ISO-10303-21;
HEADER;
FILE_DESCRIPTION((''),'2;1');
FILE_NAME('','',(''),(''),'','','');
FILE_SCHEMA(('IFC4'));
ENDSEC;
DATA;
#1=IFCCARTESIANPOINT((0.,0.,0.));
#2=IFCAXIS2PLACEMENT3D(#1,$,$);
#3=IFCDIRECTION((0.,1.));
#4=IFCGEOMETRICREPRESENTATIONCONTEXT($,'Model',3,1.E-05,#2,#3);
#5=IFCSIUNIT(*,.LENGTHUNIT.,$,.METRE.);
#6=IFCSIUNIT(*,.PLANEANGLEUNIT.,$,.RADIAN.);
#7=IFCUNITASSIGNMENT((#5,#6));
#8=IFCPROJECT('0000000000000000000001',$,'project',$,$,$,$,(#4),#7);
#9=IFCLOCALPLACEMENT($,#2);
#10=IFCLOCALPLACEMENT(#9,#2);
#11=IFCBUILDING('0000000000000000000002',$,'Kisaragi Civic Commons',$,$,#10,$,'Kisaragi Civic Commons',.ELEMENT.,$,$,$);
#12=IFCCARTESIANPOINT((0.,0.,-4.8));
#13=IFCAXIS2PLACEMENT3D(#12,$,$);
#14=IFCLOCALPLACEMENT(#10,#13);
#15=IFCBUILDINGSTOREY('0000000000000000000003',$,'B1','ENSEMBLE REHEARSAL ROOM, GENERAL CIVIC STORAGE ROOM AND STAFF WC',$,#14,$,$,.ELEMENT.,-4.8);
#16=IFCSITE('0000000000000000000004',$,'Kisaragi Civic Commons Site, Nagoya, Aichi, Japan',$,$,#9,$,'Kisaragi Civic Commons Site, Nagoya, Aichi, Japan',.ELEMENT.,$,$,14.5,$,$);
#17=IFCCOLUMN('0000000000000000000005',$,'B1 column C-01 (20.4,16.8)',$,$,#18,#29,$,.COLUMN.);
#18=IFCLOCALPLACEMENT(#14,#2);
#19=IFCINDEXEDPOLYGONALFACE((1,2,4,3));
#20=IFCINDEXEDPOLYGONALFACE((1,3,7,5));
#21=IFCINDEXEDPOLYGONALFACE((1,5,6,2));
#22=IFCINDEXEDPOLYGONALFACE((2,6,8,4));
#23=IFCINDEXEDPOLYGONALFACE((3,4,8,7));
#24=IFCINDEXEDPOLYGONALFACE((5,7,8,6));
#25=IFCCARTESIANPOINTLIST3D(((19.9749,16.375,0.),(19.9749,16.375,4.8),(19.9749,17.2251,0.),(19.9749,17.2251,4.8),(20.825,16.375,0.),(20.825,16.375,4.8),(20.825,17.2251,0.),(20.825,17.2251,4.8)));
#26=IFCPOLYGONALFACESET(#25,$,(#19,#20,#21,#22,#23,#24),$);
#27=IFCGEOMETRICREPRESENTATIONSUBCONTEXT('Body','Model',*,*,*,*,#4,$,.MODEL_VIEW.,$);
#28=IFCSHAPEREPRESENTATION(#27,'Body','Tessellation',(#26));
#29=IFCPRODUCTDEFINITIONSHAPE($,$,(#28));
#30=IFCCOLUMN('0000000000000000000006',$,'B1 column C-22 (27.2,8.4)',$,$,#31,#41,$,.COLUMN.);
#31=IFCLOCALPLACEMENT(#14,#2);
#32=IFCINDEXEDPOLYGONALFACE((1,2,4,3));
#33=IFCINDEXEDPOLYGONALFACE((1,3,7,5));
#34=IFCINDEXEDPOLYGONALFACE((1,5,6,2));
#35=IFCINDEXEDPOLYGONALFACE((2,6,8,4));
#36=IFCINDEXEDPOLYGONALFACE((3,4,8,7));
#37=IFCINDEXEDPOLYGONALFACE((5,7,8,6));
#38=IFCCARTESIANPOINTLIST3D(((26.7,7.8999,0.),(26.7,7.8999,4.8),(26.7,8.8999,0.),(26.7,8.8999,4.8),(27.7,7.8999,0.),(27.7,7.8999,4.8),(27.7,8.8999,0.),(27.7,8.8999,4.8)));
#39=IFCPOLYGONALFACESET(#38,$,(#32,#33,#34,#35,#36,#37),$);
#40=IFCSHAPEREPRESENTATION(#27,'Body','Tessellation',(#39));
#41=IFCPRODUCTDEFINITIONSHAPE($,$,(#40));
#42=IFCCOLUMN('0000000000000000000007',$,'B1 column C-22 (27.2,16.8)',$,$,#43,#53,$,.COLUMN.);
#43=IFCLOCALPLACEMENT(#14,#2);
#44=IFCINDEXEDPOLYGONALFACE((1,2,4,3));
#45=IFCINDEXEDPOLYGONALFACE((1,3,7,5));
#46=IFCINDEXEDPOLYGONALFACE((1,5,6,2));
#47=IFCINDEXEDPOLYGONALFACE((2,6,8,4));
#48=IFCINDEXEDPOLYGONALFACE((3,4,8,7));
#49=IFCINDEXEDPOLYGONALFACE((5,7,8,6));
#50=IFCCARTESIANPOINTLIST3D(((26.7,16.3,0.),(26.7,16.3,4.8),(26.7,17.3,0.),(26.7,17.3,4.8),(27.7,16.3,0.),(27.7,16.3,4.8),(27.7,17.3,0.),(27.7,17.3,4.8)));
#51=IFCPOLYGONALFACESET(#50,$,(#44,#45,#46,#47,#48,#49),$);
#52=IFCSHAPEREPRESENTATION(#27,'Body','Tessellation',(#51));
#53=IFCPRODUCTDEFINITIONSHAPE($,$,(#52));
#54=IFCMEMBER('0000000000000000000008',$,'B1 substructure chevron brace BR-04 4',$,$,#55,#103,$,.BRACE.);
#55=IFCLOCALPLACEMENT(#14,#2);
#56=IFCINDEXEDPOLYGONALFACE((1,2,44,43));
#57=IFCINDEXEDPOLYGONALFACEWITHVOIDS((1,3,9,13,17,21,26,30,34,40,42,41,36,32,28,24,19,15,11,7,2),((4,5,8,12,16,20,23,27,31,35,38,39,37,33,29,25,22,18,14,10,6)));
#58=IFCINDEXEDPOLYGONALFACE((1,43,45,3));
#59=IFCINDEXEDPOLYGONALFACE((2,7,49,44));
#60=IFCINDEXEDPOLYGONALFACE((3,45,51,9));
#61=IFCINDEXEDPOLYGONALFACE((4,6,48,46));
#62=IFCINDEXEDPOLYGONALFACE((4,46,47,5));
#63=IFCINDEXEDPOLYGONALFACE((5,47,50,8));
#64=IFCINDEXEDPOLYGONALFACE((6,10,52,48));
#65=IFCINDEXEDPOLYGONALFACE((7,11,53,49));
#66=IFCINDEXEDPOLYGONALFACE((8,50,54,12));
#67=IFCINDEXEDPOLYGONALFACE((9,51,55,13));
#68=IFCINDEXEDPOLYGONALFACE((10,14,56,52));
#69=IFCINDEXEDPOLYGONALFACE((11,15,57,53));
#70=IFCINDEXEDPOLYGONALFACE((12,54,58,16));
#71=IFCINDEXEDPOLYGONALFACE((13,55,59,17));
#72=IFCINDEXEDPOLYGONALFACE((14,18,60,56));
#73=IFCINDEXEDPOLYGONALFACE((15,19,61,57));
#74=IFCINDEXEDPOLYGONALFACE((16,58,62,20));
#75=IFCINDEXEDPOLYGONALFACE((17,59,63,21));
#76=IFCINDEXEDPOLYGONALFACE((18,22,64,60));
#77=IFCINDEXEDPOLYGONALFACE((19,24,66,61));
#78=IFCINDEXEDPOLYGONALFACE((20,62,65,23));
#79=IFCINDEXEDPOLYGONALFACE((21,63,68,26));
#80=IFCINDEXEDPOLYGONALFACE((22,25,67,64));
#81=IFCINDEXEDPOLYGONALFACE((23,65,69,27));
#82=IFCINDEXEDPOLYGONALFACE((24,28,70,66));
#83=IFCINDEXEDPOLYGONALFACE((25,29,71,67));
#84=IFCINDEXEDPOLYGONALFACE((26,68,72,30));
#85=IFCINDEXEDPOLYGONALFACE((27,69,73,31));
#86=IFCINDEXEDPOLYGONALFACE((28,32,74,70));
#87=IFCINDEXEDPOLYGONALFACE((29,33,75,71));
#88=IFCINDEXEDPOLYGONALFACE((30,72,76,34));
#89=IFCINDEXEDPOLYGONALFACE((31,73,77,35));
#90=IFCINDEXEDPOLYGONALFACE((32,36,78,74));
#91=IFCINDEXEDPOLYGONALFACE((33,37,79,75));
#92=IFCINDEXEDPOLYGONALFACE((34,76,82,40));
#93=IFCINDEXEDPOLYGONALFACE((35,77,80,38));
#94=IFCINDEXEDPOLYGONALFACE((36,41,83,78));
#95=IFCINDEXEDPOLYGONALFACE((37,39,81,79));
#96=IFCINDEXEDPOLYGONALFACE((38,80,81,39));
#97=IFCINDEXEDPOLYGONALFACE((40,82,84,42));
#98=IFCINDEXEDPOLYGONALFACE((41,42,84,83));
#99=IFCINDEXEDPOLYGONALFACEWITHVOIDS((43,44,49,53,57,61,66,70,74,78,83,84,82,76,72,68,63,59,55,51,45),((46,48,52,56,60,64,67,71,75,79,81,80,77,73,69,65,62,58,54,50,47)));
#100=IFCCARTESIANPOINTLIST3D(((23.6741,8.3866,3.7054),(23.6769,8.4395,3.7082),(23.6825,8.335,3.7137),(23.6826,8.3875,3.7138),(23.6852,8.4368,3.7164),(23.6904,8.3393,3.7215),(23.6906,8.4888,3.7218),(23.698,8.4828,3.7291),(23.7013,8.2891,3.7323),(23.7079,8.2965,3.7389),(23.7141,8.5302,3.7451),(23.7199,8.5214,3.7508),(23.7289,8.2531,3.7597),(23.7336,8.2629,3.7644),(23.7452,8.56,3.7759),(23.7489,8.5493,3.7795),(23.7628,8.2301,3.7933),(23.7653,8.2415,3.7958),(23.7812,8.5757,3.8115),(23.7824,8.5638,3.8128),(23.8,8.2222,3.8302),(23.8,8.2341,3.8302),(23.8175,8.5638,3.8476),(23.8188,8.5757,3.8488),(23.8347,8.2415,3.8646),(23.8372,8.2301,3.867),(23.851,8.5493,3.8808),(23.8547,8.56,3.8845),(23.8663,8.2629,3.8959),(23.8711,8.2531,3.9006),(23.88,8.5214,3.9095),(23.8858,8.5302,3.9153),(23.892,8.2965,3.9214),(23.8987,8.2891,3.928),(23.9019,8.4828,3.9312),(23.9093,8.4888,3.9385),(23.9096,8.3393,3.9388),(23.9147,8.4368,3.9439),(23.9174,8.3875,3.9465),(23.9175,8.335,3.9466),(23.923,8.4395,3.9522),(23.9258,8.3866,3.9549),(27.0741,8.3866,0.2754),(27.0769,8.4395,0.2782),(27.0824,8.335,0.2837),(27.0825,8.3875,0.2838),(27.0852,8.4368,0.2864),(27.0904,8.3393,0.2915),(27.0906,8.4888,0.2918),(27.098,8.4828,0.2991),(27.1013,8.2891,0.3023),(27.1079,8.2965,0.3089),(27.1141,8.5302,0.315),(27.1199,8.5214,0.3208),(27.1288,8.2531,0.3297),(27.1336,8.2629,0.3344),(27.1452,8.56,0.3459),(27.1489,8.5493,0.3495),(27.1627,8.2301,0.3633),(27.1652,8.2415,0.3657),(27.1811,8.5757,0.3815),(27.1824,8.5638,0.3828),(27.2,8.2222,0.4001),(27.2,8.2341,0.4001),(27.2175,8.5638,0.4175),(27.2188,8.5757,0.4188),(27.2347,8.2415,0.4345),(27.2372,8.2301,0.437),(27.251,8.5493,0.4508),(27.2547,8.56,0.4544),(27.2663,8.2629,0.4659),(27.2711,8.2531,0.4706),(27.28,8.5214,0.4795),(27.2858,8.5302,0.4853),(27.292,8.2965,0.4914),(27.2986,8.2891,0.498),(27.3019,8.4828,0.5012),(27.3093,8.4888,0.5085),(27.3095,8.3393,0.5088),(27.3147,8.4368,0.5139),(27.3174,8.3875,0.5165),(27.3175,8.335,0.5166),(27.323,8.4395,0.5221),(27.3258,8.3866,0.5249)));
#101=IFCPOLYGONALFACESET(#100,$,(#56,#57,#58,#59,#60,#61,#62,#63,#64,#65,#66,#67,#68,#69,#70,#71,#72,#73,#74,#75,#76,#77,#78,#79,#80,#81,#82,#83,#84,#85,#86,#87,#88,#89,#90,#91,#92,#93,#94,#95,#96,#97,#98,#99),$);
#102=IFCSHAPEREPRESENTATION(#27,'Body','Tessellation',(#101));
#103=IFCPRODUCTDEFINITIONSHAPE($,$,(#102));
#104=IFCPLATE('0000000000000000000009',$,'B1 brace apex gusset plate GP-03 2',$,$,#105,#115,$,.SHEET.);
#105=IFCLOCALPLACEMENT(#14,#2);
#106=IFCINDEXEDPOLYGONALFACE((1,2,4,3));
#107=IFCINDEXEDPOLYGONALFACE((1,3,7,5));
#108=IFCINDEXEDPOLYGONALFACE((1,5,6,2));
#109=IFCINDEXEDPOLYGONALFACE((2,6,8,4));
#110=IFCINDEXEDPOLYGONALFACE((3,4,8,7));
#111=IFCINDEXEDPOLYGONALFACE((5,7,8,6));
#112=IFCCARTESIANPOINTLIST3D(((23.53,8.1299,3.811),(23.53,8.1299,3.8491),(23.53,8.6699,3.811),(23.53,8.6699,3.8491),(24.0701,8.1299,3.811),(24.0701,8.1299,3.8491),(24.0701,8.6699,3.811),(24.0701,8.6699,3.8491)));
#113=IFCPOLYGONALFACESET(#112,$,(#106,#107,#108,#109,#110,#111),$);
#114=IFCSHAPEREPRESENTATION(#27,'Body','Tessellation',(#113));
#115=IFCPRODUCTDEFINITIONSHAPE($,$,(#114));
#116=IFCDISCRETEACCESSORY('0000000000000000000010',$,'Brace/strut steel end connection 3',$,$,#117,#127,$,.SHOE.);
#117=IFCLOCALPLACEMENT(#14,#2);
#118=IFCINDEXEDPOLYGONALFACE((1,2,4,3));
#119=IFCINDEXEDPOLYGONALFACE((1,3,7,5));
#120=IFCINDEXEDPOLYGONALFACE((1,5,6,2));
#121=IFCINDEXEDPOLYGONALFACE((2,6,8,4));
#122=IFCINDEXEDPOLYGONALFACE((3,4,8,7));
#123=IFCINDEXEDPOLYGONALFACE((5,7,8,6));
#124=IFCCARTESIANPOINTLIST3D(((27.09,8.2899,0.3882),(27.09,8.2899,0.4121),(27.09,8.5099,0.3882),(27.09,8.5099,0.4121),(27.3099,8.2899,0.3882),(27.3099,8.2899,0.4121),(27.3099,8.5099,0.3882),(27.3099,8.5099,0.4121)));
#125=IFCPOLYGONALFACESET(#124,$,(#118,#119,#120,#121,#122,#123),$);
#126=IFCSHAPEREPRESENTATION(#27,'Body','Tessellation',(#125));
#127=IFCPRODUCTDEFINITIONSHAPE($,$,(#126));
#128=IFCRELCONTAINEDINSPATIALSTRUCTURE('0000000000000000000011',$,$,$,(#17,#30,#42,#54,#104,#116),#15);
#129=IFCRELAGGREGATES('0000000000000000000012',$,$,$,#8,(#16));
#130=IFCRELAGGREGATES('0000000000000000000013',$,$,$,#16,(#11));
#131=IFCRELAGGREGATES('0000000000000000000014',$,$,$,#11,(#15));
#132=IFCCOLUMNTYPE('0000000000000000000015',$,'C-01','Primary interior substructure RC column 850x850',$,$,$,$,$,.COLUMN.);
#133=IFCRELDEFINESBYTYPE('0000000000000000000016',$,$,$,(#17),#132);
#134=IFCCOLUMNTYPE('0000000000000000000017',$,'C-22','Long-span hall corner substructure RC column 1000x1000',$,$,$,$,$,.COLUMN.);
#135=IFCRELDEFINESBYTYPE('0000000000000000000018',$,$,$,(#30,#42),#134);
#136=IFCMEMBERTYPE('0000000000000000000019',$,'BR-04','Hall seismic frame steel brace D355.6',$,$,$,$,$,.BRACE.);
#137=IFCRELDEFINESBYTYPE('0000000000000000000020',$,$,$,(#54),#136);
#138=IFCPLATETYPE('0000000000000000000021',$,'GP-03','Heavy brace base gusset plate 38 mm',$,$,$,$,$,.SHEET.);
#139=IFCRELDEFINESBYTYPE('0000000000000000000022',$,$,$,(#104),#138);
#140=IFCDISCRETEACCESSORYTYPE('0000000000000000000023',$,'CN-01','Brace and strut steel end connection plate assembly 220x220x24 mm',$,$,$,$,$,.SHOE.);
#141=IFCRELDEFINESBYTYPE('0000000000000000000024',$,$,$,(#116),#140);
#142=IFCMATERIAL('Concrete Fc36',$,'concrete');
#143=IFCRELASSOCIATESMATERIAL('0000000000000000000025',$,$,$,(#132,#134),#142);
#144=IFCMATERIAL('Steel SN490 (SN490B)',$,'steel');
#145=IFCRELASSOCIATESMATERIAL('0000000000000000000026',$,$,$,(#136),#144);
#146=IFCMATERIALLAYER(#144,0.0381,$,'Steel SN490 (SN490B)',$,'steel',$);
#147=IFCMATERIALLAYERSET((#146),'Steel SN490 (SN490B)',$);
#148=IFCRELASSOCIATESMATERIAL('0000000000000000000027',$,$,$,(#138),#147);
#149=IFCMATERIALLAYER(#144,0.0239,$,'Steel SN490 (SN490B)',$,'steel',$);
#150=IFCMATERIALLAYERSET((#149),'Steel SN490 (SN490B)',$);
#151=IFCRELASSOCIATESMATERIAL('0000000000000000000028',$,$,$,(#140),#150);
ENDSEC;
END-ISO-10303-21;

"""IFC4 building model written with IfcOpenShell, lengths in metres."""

from ifc_helpers import new_model, si_unit, direction, frame, origin, origin_2d, place, context, subcontext, project, spatial, rectangle, hollow_circle, extrude, material, layer, layer_set, material_profile, profile_set, type_object, element, save


model = new_model("IFC4")

# Units and contexts
model_context = context("Model", 3, precision=1e-05, world=origin(), true_north=direction((0.0, 1.0)))
body_context = subcontext(model_context, "Body", "Model", "MODEL_VIEW")
ifc_project = project(units=[si_unit("LENGTHUNIT", "METRE"), si_unit("PLANEANGLEUNIT", "RADIAN")], contexts=[model_context])

# Site, building, storey
site_placement = place(None, origin())
site = spatial("IfcSite", under=ifc_project, at=site_placement, Name="Kisaragi Civic Commons Site, Nagoya, Aichi, Japan", LongName="Kisaragi Civic Commons Site, Nagoya, Aichi, Japan", CompositionType="ELEMENT", RefElevation=14.5)
building_placement = place(site_placement, origin())
building = spatial("IfcBuilding", under=site, at=building_placement, Name="Kisaragi Civic Commons", LongName="Kisaragi Civic Commons", CompositionType="ELEMENT")
storey_placement = place(building_placement, frame((0.0, 0.0, -4.8)))
storey = spatial("IfcBuildingStorey", under=building, at=storey_placement, Name="B1", Description="ENSEMBLE REHEARSAL ROOM, GENERAL CIVIC STORAGE ROOM AND STAFF WC", CompositionType="ELEMENT", Elevation=-4.8)

# Shared definitions
ifc_material_1 = material(Name="Concrete Fc36", Category="concrete")

# Columns
ifc_material_profile_1 = material_profile(ifc_material_1, rectangle(XDim=0.8501, YDim=0.8501, at=origin_2d()), Name="RC-850x850", Category="concrete")
ifc_profile_set_1 = profile_set([ifc_material_profile_1], Name="Concrete Fc36")
column_type_1 = type_object("IfcColumnType", Name="C-01", Description="Primary interior substructure RC column 850x850", PredefinedType="COLUMN", material=ifc_profile_set_1)
for number, where, z_axis, x_axis, name in (
    (1, (20.3999, 16.8, 0.0), (0.0, 0.0, 1.0), (1.0, 0.0, 0.0), "B1 column C-01 (20.4,16.8)"),
):
    element("IfcColumn", number, at=place(storey_placement, frame(where, z_axis=z_axis, x_axis=x_axis)), inside=storey, type_object=column_type_1, Name=name, PredefinedType="COLUMN", context=body_context, shape_type="SweptSolid", body=[
        extrude(rectangle(XDim=0.8501, YDim=0.8501, at=origin_2d()), origin(), (0.0, 0.0, 1.0), 4.8),
    ])
ifc_material_profile_2 = material_profile(ifc_material_1, rectangle(XDim=1.0, YDim=1.0, at=origin_2d()), Name="RC-1000x1000", Category="concrete")
ifc_profile_set_2 = profile_set([ifc_material_profile_2], Name="Concrete Fc36")
column_type_2 = type_object("IfcColumnType", Name="C-22", Description="Long-span hall corner substructure RC column 1000x1000", PredefinedType="COLUMN", material=ifc_profile_set_2)
for number, where, z_axis, x_axis, name in (
    (2, (27.2, 8.3999, 0.0), (0.0, 0.0, 1.0), (1.0, 0.0, 0.0), "B1 column C-22 (27.2,8.4)"),
    (3, (27.2, 16.8, 0.0), (0.0, 0.0, 1.0), (1.0, 0.0, 0.0), "B1 column C-22 (27.2,16.8)"),
):
    element("IfcColumn", number, at=place(storey_placement, frame(where, z_axis=z_axis, x_axis=x_axis)), inside=storey, type_object=column_type_2, Name=name, PredefinedType="COLUMN", context=body_context, shape_type="SweptSolid", body=[
        extrude(rectangle(XDim=1.0, YDim=1.0, at=origin_2d()), origin(), (0.0, 0.0, 1.0), 4.8),
    ])

# Member
ifc_material_2 = material(Name="Steel SN490 (SN490B)", Category="steel")
ifc_material_profile_3 = material_profile(ifc_material_2, hollow_circle(Radius=0.1777, WallThickness=0.012, at=origin_2d()), Name="CHS-355.6x12.0", Category="steel")
ifc_profile_set_3 = profile_set([ifc_material_profile_3], Name="Steel SN490 (SN490B)")
member_type = type_object("IfcMemberType", Name="BR-04", Description="Hall seismic frame steel brace D355.6", PredefinedType="BRACE", material=ifc_profile_set_3)
member_placement = place(storey_placement, frame((27.2, 8.3999, 0.4001), z_axis=(-0.703991, 0.0, 0.710209), x_axis=(0.0, -1.0, 0.0)))
element("IfcMember", 4, at=member_placement, inside=storey, type_object=member_type, Name="B1 substructure chevron brace BR-04 4", PredefinedType="BRACE", context=body_context, shape_type="SweptSolid", body=[
    extrude(hollow_circle(Radius=0.1777, WallThickness=0.012, at=origin_2d()), origin(), (0.0, 0.0, 1.0), 4.8296),
])

# Plate
ifc_layer_1 = layer(ifc_material_2, 0.0381, Name="Steel SN490 (SN490B)", Category="steel")
ifc_layer_set_1 = layer_set([ifc_layer_1], Name="Steel SN490 (SN490B)")
plate_type = type_object("IfcPlateType", Name="GP-03", Description="Heavy brace base gusset plate 38 mm", PredefinedType="SHEET", material=ifc_layer_set_1)
plate_placement = place(storey_placement, frame((23.8, 8.3999, 3.811), z_axis=(0.0, 0.0, 1.0), x_axis=(1.0, 0.0, 0.0)))
element("IfcPlate", 5, at=plate_placement, inside=storey, type_object=plate_type, Name="B1 brace apex gusset plate GP-03 2", PredefinedType="SHEET", context=body_context, shape_type="SweptSolid", body=[
    extrude(rectangle(XDim=0.54, YDim=0.54, at=origin_2d()), origin(), (0.0, 0.0, 1.0), 0.0381),
])

# Discrete accessory
ifc_layer_2 = layer(ifc_material_2, 0.0239, Name="Steel SN490 (SN490B)", Category="steel")
ifc_layer_set_2 = layer_set([ifc_layer_2], Name="Steel SN490 (SN490B)")
discrete_accessory_type = type_object("IfcDiscreteAccessoryType", Name="CN-01", Description="Brace and strut steel end connection plate assembly 220x220x24 mm", PredefinedType="SHOE", material=ifc_layer_set_2)
discrete_accessory_placement = place(storey_placement, frame((27.2, 8.3999, 0.3882), z_axis=(0.0, 0.0, 1.0), x_axis=(1.0, 0.0, 0.0)))
element("IfcDiscreteAccessory", 6, at=discrete_accessory_placement, inside=storey, type_object=discrete_accessory_type, Name="Brace/strut steel end connection 3", PredefinedType="SHOE", context=body_context, shape_type="SweptSolid", body=[
    extrude(rectangle(XDim=0.22, YDim=0.22, at=origin_2d()), origin(), (0.0, 0.0, 1.0), 0.0239),
])

save(model, "model.ifc")
